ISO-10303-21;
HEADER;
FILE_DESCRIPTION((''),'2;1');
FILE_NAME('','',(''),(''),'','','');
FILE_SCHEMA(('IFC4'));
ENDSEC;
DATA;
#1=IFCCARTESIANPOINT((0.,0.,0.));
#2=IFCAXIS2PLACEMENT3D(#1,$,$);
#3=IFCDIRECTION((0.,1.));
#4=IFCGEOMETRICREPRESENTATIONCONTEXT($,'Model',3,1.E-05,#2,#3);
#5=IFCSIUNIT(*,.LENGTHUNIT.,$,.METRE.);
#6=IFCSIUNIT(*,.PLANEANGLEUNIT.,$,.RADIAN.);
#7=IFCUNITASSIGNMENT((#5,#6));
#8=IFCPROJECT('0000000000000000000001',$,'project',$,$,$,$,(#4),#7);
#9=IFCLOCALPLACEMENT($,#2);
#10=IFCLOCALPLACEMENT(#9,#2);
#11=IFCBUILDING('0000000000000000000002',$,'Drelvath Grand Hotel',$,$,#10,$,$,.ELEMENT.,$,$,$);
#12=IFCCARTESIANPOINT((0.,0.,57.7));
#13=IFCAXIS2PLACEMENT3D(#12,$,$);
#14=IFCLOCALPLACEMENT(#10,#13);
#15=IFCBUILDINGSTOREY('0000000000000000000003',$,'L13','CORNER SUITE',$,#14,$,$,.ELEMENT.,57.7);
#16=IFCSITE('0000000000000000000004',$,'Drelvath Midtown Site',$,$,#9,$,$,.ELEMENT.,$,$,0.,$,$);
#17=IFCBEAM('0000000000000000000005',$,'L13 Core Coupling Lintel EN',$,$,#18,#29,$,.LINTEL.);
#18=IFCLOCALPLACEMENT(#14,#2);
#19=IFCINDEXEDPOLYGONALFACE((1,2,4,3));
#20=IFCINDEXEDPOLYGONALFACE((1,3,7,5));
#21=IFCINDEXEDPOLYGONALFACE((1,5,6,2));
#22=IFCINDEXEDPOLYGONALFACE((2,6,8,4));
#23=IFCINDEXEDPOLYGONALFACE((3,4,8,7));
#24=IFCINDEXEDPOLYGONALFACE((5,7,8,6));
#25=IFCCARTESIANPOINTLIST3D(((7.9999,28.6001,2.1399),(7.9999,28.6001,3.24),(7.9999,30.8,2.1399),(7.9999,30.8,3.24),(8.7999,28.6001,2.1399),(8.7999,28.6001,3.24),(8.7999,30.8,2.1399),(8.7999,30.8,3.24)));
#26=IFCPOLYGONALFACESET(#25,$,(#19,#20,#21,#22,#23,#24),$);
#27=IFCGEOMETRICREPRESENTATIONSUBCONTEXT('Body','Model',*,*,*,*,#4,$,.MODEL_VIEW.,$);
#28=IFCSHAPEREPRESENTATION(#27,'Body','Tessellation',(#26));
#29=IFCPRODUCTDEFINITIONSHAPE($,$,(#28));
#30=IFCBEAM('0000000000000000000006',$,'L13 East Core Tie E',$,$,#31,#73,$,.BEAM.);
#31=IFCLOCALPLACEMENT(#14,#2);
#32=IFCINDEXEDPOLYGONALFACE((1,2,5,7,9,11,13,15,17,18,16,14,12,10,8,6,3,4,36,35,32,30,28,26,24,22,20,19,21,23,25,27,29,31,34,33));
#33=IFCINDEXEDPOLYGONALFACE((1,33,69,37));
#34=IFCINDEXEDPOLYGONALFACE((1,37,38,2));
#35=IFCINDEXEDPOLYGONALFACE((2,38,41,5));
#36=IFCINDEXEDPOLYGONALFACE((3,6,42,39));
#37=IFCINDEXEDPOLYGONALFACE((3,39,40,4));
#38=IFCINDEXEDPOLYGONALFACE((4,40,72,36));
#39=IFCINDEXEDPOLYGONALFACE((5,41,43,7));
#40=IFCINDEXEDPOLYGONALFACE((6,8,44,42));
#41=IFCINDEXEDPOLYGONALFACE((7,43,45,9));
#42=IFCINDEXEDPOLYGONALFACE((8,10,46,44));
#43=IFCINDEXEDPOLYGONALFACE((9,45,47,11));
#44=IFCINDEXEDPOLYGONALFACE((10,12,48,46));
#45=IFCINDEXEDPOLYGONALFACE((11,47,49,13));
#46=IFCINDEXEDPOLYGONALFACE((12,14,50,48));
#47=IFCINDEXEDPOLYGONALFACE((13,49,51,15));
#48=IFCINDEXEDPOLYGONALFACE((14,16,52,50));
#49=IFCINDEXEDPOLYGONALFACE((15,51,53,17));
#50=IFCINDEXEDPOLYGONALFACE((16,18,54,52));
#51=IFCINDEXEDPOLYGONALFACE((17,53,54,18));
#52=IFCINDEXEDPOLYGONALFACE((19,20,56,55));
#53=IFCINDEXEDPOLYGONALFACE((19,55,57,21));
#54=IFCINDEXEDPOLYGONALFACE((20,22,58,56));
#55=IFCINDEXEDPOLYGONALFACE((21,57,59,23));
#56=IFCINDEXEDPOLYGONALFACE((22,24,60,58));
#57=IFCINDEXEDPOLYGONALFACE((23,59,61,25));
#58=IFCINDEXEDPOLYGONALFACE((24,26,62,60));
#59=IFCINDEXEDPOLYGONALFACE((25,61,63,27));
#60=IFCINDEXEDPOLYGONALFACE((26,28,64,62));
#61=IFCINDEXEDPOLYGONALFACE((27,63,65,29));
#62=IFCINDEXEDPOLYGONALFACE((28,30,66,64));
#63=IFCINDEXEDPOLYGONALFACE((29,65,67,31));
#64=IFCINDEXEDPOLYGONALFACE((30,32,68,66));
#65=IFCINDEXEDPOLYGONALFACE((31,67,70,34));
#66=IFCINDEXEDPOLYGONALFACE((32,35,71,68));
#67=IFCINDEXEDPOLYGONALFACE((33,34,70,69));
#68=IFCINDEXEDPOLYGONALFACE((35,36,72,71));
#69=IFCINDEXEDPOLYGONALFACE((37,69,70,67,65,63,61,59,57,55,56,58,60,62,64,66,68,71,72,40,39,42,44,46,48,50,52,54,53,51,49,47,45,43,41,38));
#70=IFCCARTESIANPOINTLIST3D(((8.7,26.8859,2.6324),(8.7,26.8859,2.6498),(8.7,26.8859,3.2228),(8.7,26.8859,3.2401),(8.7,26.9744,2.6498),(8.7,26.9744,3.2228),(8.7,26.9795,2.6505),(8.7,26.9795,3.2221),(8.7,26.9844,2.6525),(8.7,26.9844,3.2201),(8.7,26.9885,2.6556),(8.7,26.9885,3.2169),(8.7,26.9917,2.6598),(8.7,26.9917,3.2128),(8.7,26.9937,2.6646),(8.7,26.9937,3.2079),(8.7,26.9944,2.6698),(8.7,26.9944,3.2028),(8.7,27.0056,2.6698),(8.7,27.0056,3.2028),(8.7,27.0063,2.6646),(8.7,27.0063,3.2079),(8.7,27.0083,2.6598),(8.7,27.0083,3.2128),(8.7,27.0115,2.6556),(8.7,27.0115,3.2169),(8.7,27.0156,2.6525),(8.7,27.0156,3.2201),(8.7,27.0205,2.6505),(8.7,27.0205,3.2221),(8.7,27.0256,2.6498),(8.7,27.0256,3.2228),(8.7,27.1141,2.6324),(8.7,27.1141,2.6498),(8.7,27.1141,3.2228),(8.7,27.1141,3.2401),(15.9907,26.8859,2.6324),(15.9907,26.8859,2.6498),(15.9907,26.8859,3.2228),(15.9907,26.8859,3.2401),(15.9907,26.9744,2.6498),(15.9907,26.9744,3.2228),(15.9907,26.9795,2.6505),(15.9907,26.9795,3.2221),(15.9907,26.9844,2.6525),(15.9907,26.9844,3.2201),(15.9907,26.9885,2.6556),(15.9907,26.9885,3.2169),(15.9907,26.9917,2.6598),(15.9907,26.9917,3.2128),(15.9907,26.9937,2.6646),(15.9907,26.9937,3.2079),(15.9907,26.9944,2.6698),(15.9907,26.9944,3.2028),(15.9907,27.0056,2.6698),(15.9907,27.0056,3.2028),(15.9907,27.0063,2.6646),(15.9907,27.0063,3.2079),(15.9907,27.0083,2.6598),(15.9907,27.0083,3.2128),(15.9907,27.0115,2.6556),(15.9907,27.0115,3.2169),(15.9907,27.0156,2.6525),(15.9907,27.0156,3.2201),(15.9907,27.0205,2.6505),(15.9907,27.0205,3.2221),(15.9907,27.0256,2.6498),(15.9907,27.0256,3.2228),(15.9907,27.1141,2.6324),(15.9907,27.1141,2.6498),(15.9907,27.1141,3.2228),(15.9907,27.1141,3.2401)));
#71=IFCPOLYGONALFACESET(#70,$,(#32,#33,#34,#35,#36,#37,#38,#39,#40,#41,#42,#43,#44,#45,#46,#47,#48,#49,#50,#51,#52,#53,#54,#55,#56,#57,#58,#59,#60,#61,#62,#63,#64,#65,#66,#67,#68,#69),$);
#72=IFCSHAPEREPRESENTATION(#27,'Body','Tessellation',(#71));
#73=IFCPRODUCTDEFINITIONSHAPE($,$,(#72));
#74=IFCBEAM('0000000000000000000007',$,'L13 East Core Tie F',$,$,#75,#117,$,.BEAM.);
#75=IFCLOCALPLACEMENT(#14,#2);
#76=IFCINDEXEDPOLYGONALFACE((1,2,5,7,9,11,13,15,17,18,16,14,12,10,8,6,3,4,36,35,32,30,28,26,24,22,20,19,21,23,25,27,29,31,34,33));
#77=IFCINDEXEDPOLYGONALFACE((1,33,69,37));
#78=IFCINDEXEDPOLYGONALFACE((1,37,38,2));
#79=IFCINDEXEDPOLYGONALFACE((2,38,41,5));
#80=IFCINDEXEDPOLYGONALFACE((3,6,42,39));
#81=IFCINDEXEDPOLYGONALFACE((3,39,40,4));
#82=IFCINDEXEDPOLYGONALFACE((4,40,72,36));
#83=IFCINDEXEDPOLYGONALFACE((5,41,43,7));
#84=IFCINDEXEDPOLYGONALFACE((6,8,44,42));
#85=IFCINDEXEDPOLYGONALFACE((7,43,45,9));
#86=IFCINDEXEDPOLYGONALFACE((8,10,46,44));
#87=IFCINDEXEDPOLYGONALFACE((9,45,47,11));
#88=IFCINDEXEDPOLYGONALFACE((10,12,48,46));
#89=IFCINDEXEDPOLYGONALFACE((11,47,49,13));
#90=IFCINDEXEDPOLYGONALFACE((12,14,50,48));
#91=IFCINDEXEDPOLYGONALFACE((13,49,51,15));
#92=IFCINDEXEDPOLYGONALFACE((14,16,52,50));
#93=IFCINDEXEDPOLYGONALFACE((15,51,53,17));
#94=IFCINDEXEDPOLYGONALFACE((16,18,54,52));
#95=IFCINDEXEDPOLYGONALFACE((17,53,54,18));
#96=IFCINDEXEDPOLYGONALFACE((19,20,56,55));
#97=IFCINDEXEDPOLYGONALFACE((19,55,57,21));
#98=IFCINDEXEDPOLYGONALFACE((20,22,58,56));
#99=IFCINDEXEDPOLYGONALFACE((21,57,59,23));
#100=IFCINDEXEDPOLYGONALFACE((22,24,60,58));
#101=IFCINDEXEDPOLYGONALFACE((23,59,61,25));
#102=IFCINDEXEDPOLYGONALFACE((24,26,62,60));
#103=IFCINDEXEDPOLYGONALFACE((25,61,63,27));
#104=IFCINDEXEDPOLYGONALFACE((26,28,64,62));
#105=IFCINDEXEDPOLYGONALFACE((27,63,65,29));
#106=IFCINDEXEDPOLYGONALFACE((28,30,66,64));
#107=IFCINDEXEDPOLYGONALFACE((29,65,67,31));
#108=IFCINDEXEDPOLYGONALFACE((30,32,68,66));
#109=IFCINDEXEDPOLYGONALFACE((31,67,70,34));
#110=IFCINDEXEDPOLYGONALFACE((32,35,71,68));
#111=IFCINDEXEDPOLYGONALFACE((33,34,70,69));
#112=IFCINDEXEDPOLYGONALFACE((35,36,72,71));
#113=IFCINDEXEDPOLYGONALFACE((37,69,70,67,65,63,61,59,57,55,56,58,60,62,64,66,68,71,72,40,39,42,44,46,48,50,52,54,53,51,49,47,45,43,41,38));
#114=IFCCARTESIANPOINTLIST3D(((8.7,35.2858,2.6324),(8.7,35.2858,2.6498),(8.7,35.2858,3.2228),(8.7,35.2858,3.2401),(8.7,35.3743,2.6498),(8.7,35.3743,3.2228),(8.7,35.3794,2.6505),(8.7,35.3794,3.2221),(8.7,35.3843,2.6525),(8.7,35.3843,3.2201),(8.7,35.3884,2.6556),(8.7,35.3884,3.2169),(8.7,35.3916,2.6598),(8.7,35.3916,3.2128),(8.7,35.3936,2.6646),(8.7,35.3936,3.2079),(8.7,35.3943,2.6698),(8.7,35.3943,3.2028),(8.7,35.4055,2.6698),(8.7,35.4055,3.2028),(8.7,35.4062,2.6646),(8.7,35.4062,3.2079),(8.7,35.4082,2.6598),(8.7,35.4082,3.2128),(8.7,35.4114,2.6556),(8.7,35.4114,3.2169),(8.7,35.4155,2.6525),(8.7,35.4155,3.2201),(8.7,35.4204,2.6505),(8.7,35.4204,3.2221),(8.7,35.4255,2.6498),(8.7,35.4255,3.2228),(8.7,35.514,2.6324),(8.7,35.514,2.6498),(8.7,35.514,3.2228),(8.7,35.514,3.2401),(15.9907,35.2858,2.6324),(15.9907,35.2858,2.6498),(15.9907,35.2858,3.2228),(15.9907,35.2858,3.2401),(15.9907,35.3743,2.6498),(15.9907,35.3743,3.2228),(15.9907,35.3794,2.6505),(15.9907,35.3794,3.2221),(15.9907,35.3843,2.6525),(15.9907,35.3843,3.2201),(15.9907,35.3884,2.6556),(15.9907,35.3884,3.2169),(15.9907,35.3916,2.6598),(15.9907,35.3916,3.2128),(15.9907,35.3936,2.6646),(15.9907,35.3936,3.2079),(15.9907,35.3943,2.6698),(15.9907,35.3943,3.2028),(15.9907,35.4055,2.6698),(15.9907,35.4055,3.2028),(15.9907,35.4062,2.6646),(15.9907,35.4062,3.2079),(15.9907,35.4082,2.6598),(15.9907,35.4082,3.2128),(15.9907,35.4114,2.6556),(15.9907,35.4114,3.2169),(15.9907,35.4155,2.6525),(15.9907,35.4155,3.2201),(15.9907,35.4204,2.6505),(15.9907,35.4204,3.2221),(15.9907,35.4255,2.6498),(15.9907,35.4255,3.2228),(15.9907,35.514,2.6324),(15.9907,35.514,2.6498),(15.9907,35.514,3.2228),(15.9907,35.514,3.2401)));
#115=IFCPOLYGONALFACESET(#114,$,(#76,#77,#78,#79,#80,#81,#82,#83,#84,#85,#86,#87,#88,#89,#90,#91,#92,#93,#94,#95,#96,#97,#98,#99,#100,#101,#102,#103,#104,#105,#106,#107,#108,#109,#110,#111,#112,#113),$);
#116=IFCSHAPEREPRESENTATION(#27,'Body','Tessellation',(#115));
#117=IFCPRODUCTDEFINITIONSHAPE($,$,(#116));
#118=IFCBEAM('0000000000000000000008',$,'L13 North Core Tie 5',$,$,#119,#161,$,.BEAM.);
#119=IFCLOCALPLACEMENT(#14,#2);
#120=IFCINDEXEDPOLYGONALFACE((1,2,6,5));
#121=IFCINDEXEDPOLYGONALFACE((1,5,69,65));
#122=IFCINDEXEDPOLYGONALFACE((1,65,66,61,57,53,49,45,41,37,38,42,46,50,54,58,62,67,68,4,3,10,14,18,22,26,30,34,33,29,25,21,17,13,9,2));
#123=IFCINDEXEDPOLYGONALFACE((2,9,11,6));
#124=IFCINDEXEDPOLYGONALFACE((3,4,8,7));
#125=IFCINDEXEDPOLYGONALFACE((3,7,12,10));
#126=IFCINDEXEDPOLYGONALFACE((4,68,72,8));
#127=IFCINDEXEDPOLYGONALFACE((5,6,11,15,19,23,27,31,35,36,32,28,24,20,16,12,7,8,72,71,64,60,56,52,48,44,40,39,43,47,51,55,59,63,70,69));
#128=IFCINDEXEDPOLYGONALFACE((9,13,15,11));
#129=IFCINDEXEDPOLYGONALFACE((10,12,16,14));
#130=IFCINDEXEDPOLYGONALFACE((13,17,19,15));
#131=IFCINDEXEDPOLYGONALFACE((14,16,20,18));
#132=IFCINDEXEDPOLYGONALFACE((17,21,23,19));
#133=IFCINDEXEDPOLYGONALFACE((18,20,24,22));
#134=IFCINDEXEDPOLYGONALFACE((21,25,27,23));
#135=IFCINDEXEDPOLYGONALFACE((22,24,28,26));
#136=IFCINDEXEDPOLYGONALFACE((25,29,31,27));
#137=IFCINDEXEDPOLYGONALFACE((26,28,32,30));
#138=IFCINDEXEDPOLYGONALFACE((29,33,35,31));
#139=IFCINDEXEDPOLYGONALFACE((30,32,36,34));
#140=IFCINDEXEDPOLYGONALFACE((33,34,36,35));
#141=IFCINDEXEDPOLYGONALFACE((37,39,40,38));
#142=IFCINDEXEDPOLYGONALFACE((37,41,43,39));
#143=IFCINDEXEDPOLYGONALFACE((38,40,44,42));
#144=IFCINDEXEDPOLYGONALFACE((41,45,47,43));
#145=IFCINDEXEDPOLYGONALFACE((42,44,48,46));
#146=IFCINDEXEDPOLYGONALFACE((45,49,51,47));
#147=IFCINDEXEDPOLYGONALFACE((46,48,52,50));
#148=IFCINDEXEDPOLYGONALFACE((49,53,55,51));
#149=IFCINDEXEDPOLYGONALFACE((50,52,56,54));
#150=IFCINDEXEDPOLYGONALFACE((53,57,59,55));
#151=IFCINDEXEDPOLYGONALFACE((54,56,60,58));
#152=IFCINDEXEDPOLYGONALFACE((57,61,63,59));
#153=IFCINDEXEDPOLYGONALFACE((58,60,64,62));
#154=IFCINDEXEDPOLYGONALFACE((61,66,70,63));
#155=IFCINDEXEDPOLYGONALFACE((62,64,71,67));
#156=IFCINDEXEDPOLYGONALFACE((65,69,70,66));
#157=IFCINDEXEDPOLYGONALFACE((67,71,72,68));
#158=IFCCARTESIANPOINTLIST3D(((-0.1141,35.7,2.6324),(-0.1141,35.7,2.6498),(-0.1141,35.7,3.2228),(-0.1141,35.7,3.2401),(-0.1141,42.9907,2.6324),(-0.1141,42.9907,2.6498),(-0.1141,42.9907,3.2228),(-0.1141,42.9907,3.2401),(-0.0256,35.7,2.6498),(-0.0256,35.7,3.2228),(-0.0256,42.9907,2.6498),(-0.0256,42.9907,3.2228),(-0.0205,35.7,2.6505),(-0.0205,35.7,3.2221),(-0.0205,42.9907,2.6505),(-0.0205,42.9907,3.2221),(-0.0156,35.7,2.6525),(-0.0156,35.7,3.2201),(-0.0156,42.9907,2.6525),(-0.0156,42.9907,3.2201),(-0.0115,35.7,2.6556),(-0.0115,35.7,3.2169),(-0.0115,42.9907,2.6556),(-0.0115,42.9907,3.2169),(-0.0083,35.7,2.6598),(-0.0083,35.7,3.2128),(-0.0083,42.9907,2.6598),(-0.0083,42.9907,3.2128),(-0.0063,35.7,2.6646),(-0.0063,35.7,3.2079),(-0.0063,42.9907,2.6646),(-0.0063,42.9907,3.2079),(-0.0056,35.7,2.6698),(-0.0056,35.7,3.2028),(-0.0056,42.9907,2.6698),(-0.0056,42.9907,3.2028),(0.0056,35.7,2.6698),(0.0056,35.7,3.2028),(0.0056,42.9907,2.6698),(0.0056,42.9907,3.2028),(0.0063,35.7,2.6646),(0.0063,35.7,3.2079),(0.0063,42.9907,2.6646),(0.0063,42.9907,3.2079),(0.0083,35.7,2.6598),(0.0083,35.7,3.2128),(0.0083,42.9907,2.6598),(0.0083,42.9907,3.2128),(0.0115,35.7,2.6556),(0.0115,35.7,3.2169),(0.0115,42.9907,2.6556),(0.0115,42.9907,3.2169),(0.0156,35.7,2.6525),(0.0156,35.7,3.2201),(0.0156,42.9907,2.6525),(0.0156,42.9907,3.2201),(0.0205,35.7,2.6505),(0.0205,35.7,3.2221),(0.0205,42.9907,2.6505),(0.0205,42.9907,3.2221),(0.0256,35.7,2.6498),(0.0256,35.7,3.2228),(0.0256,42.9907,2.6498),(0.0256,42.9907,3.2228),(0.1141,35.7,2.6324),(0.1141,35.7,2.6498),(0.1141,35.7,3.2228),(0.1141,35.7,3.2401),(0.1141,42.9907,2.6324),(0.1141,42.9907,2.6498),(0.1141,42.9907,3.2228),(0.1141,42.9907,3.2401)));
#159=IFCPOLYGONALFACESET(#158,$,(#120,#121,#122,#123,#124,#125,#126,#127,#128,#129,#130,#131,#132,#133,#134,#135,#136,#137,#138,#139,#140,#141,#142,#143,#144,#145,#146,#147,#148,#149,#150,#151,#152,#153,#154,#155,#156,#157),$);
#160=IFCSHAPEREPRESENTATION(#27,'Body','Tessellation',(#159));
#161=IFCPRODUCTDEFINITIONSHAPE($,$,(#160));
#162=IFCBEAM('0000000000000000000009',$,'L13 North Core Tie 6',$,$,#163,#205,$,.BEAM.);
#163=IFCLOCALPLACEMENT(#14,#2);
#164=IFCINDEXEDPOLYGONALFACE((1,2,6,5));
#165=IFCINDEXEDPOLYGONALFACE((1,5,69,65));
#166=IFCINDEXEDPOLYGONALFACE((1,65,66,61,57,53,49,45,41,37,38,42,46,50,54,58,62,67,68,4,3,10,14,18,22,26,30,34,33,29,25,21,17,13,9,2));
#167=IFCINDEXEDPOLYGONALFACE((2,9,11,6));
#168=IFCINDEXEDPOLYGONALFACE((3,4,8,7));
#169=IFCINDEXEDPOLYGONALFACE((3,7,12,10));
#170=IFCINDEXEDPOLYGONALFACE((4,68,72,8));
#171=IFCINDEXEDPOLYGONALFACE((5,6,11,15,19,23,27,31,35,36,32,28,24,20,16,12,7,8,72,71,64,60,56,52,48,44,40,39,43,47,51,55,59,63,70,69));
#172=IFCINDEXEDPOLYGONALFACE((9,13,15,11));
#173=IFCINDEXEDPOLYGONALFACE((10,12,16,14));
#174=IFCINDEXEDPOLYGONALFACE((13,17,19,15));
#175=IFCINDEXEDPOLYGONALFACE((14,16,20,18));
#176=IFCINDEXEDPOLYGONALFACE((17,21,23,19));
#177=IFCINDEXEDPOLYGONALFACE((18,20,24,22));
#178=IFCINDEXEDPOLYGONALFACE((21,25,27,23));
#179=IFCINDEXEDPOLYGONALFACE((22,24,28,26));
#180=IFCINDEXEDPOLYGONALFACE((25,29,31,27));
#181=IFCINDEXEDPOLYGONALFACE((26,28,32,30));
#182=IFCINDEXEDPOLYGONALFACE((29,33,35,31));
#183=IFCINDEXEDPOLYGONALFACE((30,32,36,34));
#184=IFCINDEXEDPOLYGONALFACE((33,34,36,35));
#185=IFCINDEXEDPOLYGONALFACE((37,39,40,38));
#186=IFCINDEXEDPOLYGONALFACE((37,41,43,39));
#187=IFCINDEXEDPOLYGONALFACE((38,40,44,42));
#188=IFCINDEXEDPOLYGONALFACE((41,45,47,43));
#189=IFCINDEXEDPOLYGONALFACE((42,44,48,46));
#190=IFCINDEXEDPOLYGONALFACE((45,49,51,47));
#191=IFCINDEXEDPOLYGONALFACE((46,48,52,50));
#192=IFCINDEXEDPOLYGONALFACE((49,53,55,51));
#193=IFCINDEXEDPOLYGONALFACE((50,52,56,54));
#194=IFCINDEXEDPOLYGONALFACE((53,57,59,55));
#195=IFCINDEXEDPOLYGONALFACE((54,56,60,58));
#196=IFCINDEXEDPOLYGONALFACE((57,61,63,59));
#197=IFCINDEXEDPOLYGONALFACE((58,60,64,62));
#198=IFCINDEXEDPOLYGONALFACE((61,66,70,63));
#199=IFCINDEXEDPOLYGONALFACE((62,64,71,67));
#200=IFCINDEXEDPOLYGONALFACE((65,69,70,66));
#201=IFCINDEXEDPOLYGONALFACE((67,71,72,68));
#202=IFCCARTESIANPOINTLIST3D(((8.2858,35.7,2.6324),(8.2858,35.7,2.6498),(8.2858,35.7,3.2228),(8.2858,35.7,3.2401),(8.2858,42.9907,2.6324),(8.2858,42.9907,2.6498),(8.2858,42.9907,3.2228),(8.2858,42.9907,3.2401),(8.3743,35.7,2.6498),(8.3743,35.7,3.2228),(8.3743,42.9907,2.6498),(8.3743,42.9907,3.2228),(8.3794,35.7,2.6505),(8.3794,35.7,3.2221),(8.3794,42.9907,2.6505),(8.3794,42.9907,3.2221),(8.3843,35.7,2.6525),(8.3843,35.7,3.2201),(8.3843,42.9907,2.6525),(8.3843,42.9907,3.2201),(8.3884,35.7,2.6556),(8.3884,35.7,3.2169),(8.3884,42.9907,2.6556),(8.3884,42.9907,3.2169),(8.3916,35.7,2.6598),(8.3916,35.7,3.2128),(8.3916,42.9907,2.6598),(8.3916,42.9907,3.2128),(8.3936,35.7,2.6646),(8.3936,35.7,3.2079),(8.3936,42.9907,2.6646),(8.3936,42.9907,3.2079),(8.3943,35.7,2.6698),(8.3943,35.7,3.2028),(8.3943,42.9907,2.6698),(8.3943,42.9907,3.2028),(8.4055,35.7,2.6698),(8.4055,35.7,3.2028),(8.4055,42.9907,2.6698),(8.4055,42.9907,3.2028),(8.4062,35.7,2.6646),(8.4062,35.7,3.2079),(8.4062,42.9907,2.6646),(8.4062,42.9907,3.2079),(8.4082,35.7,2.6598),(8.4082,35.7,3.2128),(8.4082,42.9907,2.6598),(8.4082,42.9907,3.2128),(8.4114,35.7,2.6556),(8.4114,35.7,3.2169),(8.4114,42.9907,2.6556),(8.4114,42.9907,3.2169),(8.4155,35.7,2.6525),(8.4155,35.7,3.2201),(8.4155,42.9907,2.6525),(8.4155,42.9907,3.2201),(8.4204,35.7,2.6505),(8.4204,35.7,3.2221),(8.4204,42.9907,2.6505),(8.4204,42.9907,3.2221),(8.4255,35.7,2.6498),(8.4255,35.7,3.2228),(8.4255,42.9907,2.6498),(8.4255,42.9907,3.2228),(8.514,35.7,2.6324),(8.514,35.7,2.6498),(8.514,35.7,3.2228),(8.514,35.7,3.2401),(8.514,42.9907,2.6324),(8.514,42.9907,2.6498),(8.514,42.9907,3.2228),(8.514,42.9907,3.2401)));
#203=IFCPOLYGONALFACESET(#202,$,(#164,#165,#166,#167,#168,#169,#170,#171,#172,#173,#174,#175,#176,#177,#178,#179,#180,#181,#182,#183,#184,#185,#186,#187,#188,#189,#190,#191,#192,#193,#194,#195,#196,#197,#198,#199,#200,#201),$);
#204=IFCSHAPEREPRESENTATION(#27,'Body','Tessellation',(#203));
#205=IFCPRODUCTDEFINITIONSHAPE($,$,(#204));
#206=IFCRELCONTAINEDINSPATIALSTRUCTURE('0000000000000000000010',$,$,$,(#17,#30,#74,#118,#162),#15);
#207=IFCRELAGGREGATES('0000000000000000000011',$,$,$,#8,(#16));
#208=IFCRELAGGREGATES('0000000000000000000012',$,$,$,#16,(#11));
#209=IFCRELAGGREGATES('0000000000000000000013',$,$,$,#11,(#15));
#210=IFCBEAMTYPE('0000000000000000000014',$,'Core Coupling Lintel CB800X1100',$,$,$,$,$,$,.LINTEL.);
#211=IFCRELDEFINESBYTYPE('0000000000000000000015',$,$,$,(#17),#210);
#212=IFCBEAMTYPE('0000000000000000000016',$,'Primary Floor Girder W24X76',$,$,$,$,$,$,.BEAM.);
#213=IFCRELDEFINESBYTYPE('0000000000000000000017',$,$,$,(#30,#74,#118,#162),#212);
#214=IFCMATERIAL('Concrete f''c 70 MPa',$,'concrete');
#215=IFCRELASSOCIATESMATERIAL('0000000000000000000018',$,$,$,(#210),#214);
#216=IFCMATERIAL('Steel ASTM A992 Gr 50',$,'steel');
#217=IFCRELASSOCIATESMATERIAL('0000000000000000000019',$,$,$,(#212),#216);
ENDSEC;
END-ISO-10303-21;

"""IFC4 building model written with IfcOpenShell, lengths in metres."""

from ifc_helpers import new_model, si_unit, direction, frame, origin, origin_2d, place, context, subcontext, project, spatial, rectangle, i_section, extrude, material, material_profile, profile_set, type_object, element, save


model = new_model("IFC4")

# Units and contexts
model_context = context("Model", 3, precision=1e-05, world=origin(), true_north=direction((0.0, 1.0)))
body_context = subcontext(model_context, "Body", "Model", "MODEL_VIEW")
ifc_project = project(units=[si_unit("LENGTHUNIT", "METRE"), si_unit("PLANEANGLEUNIT", "RADIAN")], contexts=[model_context])

# Site, building, storey
site_placement = place(None, origin())
site = spatial("IfcSite", under=ifc_project, at=site_placement, Name="Drelvath Midtown Site", CompositionType="ELEMENT", RefElevation=0.0)
building_placement = place(site_placement, origin())
building = spatial("IfcBuilding", under=site, at=building_placement, Name="Drelvath Grand Hotel", CompositionType="ELEMENT")
storey_placement = place(building_placement, frame((0.0, 0.0, 57.7)))
storey = spatial("IfcBuildingStorey", under=building, at=storey_placement, Name="L13", Description="CORNER SUITE", CompositionType="ELEMENT", Elevation=57.7)

# Beams
ifc_material_1 = material(Name="Concrete f'c 70 MPa", Category="concrete")
ifc_material_profile_1 = material_profile(ifc_material_1, rectangle(XDim=0.8, YDim=1.1001, at=origin_2d()), Name="CB800X1100")
ifc_profile_set_1 = profile_set([ifc_material_profile_1], Name="Concrete f'c 70 MPa")
beam_type_1 = type_object("IfcBeamType", Name="Core Coupling Lintel CB800X1100", PredefinedType="LINTEL", material=ifc_profile_set_1)
beam_placement = place(storey_placement, frame((8.3999, 28.6001, 2.6899), z_axis=(0.0, 1.0, 0.0), x_axis=(-1.0, 0.0, 0.0)))
element("IfcBeam", 1, at=beam_placement, inside=storey, type_object=beam_type_1, Name="L13 Core Coupling Lintel EN", PredefinedType="LINTEL", context=body_context, shape_type="SweptSolid", body=[
    extrude(rectangle(XDim=0.8, YDim=1.1001, at=origin_2d()), origin(), (0.0, 0.0, 1.0), 2.2),
])
ifc_material_2 = material(Name="Steel ASTM A992 Gr 50", Category="steel")
ifc_material_profile_2 = material_profile(ifc_material_2, i_section(OverallWidth=0.2283, OverallDepth=0.6077, WebThickness=0.0112, FlangeThickness=0.0173, FilletRadius=0.02, at=origin_2d()), Name="W24X76")
ifc_profile_set_2 = profile_set([ifc_material_profile_2], Name="Steel ASTM A992 Gr 50")
beam_type_2 = type_object("IfcBeamType", Name="Primary Floor Girder W24X76", PredefinedType="BEAM", material=ifc_profile_set_2)
for number, where, z_axis, x_axis, name in (
    (2, (8.7, 27.0, 2.9363), (1.0, 0.0, 0.0), (0.0, 1.0, 0.0), "L13 East Core Tie E"),
    (3, (8.7, 35.3999, 2.9363), (1.0, 0.0, 0.0), (0.0, 1.0, 0.0), "L13 East Core Tie F"),
    (4, (0.0, 35.7, 2.9363), (0.0, 1.0, 0.0), (-1.0, 0.0, 0.0), "L13 North Core Tie 5"),
    (5, (8.3999, 35.7, 2.9363), (0.0, 1.0, 0.0), (-1.0, 0.0, 0.0), "L13 North Core Tie 6"),
):
    element("IfcBeam", number, at=place(storey_placement, frame(where, z_axis=z_axis, x_axis=x_axis)), inside=storey, type_object=beam_type_2, Name=name, PredefinedType="BEAM", context=body_context, shape_type="SweptSolid", body=[
        extrude(i_section(OverallWidth=0.2283, OverallDepth=0.6077, WebThickness=0.0112, FlangeThickness=0.0173, FilletRadius=0.02, at=origin_2d()), origin(), (0.0, 0.0, 1.0), 7.2908),
    ])

save(model, "model.ifc")
